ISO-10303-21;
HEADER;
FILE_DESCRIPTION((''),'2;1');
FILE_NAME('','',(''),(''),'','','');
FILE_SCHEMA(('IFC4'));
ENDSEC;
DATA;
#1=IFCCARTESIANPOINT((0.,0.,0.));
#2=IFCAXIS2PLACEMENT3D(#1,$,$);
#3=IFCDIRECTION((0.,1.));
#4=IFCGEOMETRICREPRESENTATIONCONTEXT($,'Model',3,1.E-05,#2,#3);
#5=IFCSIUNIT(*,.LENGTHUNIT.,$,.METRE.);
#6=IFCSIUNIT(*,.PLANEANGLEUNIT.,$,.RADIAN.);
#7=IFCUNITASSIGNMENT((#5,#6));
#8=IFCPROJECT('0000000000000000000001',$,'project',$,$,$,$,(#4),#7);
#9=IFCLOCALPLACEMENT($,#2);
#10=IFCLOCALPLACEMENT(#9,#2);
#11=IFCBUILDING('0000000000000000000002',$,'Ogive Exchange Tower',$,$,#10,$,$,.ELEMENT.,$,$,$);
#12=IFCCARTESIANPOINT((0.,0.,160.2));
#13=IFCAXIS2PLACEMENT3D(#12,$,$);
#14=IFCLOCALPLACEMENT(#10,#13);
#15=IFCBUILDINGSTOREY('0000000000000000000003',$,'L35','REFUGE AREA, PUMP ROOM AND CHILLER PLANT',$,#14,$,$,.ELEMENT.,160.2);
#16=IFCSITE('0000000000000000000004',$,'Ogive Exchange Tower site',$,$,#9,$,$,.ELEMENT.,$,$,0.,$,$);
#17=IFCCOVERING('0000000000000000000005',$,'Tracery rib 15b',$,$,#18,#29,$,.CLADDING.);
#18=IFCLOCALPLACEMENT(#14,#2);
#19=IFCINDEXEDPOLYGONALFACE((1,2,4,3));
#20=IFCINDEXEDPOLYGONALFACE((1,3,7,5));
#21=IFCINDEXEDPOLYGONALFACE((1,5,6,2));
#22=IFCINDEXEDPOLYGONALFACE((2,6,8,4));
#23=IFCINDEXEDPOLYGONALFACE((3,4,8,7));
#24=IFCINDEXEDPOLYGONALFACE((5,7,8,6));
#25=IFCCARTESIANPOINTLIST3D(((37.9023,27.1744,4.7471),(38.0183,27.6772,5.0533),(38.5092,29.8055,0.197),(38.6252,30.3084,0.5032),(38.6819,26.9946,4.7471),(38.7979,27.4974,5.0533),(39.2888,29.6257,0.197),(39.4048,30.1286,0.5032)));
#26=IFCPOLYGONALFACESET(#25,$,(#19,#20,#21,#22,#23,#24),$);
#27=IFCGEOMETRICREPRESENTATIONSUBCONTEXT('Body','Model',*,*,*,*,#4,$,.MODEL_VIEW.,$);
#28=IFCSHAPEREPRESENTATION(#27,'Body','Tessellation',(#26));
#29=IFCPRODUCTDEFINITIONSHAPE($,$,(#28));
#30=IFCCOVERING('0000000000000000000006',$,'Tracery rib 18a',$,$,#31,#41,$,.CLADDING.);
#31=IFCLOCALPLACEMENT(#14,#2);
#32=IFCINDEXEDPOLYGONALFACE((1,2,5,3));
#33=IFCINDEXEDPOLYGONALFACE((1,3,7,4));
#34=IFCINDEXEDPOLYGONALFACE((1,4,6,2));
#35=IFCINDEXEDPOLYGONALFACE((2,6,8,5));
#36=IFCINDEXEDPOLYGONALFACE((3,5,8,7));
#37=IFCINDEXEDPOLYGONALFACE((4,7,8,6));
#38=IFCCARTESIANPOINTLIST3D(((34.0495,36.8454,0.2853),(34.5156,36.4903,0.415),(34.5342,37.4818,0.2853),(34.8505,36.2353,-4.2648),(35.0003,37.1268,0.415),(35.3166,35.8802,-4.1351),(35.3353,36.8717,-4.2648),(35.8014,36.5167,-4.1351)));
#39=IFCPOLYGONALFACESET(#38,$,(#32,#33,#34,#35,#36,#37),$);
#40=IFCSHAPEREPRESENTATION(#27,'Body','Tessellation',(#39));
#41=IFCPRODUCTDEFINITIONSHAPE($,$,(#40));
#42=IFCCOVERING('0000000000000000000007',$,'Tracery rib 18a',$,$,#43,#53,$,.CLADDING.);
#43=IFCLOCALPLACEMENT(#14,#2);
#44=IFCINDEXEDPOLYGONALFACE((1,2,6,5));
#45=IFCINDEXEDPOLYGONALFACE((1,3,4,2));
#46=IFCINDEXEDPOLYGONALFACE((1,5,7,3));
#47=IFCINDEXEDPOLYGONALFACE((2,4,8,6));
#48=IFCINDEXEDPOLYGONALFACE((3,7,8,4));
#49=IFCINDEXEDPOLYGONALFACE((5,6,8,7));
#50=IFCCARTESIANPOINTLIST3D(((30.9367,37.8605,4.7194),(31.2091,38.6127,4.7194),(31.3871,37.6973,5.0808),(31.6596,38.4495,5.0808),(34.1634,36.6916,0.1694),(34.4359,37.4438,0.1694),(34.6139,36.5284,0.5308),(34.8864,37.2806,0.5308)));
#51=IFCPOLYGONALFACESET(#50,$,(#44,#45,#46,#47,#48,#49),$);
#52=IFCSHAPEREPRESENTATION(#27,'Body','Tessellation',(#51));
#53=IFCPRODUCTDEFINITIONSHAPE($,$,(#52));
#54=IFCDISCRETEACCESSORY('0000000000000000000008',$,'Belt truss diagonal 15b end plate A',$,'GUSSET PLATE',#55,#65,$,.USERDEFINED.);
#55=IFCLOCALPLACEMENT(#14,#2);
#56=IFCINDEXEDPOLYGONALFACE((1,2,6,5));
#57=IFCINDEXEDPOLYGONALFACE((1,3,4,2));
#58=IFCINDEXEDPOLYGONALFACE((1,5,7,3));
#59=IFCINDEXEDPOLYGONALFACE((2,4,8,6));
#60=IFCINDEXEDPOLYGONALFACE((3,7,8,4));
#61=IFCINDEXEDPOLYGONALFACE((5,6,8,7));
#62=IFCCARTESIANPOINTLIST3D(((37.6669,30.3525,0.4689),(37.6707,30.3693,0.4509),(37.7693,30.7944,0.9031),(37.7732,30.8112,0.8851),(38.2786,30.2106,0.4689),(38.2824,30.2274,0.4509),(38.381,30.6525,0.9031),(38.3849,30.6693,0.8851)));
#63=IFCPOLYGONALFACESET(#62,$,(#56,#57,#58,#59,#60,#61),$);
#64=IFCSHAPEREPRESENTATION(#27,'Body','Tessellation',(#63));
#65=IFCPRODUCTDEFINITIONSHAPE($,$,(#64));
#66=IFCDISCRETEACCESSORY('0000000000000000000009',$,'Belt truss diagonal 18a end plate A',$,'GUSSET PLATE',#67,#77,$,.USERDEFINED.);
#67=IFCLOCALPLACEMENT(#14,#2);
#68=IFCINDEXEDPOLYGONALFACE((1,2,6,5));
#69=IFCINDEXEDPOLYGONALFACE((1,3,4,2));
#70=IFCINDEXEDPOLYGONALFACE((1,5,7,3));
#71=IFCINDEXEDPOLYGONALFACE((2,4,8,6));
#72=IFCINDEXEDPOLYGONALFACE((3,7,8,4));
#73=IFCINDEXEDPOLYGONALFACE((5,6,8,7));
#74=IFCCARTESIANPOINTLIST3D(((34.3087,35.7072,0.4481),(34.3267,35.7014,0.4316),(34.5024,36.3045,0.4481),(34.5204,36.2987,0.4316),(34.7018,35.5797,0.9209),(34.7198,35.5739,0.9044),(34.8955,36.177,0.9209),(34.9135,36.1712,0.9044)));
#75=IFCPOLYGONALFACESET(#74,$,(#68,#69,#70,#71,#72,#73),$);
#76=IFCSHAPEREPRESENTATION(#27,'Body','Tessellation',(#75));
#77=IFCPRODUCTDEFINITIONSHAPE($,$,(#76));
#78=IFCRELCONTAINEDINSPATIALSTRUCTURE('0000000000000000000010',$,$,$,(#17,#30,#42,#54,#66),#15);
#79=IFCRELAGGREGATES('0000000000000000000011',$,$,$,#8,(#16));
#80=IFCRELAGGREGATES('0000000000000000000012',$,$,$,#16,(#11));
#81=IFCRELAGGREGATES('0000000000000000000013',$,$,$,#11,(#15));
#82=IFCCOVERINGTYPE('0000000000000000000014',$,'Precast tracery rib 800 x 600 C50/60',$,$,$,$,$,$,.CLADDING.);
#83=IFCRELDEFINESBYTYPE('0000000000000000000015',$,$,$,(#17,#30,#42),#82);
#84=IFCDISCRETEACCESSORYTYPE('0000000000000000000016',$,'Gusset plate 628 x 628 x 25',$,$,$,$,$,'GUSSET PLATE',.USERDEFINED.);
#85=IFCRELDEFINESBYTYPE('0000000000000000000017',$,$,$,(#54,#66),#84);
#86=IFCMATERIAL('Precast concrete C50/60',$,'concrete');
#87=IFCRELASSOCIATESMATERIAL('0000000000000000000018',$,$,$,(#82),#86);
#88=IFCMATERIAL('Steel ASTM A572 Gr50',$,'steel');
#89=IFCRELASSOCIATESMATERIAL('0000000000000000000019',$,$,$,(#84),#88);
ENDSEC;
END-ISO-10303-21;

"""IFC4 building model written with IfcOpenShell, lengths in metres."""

from ifc_helpers import new_model, si_unit, direction, frame, origin, origin_2d, place, context, subcontext, project, spatial, rectangle, extrude, material, material_profile, profile_set, type_object, element, save


model = new_model("IFC4")

# Units and contexts
model_context = context("Model", 3, precision=1e-05, world=origin(), true_north=direction((0.0, 1.0)))
body_context = subcontext(model_context, "Body", "Model", "MODEL_VIEW")
ifc_project = project(units=[si_unit("LENGTHUNIT", "METRE"), si_unit("PLANEANGLEUNIT", "RADIAN")], contexts=[model_context])

# Site, building, storey
site_placement = place(None, origin())
site = spatial("IfcSite", under=ifc_project, at=site_placement, Name="Ogive Exchange Tower site", CompositionType="ELEMENT", RefElevation=0.0)
building_placement = place(site_placement, origin())
building = spatial("IfcBuilding", under=site, at=building_placement, Name="Ogive Exchange Tower", CompositionType="ELEMENT")
storey_placement = place(building_placement, frame((0.0, 0.0, 160.2)))
storey = spatial("IfcBuildingStorey", under=building, at=storey_placement, Name="L35", Description="REFUGE AREA, PUMP ROOM AND CHILLER PLANT", CompositionType="ELEMENT", Elevation=160.2)

# Coverings
ifc_material_1 = material(Name="Precast concrete C50/60", Category="concrete")
ifc_material_profile_1 = material_profile(ifc_material_1, rectangle(XDim=0.8, YDim=0.6001, at=origin_2d()), Name="RIB 800 x 600")
ifc_profile_set_1 = profile_set([ifc_material_profile_1], Name="Precast concrete C50/60")
covering_type = type_object("IfcCoveringType", Name="Precast tracery rib 800 x 600 C50/60", PredefinedType="CLADDING", material=ifc_profile_set_1)
covering_1_placement = place(storey_placement, frame((38.957, 29.967, 0.3501), z_axis=(-0.114712, -0.497285, 0.85997), x_axis=(0.974411, -0.224774, 0.0)))
element("IfcCovering", 1, at=covering_1_placement, inside=storey, type_object=covering_type, Name="Tracery rib 15b", PredefinedType="CLADDING", context=body_context, shape_type="SweptSolid", body=[
    extrude(rectangle(XDim=0.8, YDim=0.6001, at=origin_2d()), origin(), (0.0, 0.0, 1.0), 5.291),
])
covering_2_placement = place(storey_placement, frame((35.3259, 36.376, -4.2), z_axis=(-0.171889, 0.130921, 0.976378), x_axis=(-0.605919, -0.795526, 0.0)))
element("IfcCovering", 2, at=covering_2_placement, inside=storey, type_object=covering_type, Name="Tracery rib 18a", PredefinedType="CLADDING", context=body_context, shape_type="SweptSolid", body=[
    extrude(rectangle(XDim=0.8, YDim=0.6001, at=origin_2d()), origin(), (0.0, 0.0, 1.0), 4.6602),
])
covering_3_placement = place(storey_placement, frame((34.5249, 36.9861, 0.3501), z_axis=(-0.566179, 0.205104, 0.798357), x_axis=(-0.3406, -0.940208, 0.0)))
element("IfcCovering", 3, at=covering_3_placement, inside=storey, type_object=covering_type, Name="Tracery rib 18a", PredefinedType="CLADDING", context=body_context, shape_type="SweptSolid", body=[
    extrude(rectangle(XDim=0.8, YDim=0.6001, at=origin_2d()), origin(), (0.0, 0.0, 1.0), 5.6992),
])

# Discrete accessories
ifc_material_2 = material(Name="Steel ASTM A572 Gr50", Category="steel")
ifc_material_profile_2 = material_profile(ifc_material_2, rectangle(XDim=0.6279, YDim=0.6279, at=origin_2d()), Name="PL 628 x 628 x 25")
ifc_profile_set_2 = profile_set([ifc_material_profile_2], Name="Steel ASTM A572 Gr50")
discrete_accessory_type = type_object("IfcDiscreteAccessoryType", Name="Gusset plate 628 x 628 x 25", ElementType="GUSSET PLATE", PredefinedType="USERDEFINED", material=ifc_profile_set_2)
discrete_accessory_1_placement = place(storey_placement, frame((38.0278, 30.5193, 0.668), z_axis=(-0.156196, -0.673596, 0.722407), x_axis=(0.974153, -0.22589, 0.0)))
element("IfcDiscreteAccessory", 4, at=discrete_accessory_1_placement, inside=storey, type_object=discrete_accessory_type, Name="Belt truss diagonal 15b end plate A", ObjectType="GUSSET PLATE", PredefinedType="USERDEFINED", context=body_context, shape_type="SweptSolid", body=[
    extrude(rectangle(XDim=0.6279, YDim=0.6279, at=origin_2d()), origin(), (0.0, 0.0, 1.0), 0.0249),
])
discrete_accessory_2_placement = place(storey_placement, frame((34.6201, 35.9363, 0.668), z_axis=(-0.716189, 0.232277, 0.658119), x_axis=(-0.308505, -0.951223, 0.0)))
element("IfcDiscreteAccessory", 5, at=discrete_accessory_2_placement, inside=storey, type_object=discrete_accessory_type, Name="Belt truss diagonal 18a end plate A", ObjectType="GUSSET PLATE", PredefinedType="USERDEFINED", context=body_context, shape_type="SweptSolid", body=[
    extrude(rectangle(XDim=0.6279, YDim=0.6279, at=origin_2d()), origin(), (0.0, 0.0, 1.0), 0.0251),
])

save(model, "model.ifc")
